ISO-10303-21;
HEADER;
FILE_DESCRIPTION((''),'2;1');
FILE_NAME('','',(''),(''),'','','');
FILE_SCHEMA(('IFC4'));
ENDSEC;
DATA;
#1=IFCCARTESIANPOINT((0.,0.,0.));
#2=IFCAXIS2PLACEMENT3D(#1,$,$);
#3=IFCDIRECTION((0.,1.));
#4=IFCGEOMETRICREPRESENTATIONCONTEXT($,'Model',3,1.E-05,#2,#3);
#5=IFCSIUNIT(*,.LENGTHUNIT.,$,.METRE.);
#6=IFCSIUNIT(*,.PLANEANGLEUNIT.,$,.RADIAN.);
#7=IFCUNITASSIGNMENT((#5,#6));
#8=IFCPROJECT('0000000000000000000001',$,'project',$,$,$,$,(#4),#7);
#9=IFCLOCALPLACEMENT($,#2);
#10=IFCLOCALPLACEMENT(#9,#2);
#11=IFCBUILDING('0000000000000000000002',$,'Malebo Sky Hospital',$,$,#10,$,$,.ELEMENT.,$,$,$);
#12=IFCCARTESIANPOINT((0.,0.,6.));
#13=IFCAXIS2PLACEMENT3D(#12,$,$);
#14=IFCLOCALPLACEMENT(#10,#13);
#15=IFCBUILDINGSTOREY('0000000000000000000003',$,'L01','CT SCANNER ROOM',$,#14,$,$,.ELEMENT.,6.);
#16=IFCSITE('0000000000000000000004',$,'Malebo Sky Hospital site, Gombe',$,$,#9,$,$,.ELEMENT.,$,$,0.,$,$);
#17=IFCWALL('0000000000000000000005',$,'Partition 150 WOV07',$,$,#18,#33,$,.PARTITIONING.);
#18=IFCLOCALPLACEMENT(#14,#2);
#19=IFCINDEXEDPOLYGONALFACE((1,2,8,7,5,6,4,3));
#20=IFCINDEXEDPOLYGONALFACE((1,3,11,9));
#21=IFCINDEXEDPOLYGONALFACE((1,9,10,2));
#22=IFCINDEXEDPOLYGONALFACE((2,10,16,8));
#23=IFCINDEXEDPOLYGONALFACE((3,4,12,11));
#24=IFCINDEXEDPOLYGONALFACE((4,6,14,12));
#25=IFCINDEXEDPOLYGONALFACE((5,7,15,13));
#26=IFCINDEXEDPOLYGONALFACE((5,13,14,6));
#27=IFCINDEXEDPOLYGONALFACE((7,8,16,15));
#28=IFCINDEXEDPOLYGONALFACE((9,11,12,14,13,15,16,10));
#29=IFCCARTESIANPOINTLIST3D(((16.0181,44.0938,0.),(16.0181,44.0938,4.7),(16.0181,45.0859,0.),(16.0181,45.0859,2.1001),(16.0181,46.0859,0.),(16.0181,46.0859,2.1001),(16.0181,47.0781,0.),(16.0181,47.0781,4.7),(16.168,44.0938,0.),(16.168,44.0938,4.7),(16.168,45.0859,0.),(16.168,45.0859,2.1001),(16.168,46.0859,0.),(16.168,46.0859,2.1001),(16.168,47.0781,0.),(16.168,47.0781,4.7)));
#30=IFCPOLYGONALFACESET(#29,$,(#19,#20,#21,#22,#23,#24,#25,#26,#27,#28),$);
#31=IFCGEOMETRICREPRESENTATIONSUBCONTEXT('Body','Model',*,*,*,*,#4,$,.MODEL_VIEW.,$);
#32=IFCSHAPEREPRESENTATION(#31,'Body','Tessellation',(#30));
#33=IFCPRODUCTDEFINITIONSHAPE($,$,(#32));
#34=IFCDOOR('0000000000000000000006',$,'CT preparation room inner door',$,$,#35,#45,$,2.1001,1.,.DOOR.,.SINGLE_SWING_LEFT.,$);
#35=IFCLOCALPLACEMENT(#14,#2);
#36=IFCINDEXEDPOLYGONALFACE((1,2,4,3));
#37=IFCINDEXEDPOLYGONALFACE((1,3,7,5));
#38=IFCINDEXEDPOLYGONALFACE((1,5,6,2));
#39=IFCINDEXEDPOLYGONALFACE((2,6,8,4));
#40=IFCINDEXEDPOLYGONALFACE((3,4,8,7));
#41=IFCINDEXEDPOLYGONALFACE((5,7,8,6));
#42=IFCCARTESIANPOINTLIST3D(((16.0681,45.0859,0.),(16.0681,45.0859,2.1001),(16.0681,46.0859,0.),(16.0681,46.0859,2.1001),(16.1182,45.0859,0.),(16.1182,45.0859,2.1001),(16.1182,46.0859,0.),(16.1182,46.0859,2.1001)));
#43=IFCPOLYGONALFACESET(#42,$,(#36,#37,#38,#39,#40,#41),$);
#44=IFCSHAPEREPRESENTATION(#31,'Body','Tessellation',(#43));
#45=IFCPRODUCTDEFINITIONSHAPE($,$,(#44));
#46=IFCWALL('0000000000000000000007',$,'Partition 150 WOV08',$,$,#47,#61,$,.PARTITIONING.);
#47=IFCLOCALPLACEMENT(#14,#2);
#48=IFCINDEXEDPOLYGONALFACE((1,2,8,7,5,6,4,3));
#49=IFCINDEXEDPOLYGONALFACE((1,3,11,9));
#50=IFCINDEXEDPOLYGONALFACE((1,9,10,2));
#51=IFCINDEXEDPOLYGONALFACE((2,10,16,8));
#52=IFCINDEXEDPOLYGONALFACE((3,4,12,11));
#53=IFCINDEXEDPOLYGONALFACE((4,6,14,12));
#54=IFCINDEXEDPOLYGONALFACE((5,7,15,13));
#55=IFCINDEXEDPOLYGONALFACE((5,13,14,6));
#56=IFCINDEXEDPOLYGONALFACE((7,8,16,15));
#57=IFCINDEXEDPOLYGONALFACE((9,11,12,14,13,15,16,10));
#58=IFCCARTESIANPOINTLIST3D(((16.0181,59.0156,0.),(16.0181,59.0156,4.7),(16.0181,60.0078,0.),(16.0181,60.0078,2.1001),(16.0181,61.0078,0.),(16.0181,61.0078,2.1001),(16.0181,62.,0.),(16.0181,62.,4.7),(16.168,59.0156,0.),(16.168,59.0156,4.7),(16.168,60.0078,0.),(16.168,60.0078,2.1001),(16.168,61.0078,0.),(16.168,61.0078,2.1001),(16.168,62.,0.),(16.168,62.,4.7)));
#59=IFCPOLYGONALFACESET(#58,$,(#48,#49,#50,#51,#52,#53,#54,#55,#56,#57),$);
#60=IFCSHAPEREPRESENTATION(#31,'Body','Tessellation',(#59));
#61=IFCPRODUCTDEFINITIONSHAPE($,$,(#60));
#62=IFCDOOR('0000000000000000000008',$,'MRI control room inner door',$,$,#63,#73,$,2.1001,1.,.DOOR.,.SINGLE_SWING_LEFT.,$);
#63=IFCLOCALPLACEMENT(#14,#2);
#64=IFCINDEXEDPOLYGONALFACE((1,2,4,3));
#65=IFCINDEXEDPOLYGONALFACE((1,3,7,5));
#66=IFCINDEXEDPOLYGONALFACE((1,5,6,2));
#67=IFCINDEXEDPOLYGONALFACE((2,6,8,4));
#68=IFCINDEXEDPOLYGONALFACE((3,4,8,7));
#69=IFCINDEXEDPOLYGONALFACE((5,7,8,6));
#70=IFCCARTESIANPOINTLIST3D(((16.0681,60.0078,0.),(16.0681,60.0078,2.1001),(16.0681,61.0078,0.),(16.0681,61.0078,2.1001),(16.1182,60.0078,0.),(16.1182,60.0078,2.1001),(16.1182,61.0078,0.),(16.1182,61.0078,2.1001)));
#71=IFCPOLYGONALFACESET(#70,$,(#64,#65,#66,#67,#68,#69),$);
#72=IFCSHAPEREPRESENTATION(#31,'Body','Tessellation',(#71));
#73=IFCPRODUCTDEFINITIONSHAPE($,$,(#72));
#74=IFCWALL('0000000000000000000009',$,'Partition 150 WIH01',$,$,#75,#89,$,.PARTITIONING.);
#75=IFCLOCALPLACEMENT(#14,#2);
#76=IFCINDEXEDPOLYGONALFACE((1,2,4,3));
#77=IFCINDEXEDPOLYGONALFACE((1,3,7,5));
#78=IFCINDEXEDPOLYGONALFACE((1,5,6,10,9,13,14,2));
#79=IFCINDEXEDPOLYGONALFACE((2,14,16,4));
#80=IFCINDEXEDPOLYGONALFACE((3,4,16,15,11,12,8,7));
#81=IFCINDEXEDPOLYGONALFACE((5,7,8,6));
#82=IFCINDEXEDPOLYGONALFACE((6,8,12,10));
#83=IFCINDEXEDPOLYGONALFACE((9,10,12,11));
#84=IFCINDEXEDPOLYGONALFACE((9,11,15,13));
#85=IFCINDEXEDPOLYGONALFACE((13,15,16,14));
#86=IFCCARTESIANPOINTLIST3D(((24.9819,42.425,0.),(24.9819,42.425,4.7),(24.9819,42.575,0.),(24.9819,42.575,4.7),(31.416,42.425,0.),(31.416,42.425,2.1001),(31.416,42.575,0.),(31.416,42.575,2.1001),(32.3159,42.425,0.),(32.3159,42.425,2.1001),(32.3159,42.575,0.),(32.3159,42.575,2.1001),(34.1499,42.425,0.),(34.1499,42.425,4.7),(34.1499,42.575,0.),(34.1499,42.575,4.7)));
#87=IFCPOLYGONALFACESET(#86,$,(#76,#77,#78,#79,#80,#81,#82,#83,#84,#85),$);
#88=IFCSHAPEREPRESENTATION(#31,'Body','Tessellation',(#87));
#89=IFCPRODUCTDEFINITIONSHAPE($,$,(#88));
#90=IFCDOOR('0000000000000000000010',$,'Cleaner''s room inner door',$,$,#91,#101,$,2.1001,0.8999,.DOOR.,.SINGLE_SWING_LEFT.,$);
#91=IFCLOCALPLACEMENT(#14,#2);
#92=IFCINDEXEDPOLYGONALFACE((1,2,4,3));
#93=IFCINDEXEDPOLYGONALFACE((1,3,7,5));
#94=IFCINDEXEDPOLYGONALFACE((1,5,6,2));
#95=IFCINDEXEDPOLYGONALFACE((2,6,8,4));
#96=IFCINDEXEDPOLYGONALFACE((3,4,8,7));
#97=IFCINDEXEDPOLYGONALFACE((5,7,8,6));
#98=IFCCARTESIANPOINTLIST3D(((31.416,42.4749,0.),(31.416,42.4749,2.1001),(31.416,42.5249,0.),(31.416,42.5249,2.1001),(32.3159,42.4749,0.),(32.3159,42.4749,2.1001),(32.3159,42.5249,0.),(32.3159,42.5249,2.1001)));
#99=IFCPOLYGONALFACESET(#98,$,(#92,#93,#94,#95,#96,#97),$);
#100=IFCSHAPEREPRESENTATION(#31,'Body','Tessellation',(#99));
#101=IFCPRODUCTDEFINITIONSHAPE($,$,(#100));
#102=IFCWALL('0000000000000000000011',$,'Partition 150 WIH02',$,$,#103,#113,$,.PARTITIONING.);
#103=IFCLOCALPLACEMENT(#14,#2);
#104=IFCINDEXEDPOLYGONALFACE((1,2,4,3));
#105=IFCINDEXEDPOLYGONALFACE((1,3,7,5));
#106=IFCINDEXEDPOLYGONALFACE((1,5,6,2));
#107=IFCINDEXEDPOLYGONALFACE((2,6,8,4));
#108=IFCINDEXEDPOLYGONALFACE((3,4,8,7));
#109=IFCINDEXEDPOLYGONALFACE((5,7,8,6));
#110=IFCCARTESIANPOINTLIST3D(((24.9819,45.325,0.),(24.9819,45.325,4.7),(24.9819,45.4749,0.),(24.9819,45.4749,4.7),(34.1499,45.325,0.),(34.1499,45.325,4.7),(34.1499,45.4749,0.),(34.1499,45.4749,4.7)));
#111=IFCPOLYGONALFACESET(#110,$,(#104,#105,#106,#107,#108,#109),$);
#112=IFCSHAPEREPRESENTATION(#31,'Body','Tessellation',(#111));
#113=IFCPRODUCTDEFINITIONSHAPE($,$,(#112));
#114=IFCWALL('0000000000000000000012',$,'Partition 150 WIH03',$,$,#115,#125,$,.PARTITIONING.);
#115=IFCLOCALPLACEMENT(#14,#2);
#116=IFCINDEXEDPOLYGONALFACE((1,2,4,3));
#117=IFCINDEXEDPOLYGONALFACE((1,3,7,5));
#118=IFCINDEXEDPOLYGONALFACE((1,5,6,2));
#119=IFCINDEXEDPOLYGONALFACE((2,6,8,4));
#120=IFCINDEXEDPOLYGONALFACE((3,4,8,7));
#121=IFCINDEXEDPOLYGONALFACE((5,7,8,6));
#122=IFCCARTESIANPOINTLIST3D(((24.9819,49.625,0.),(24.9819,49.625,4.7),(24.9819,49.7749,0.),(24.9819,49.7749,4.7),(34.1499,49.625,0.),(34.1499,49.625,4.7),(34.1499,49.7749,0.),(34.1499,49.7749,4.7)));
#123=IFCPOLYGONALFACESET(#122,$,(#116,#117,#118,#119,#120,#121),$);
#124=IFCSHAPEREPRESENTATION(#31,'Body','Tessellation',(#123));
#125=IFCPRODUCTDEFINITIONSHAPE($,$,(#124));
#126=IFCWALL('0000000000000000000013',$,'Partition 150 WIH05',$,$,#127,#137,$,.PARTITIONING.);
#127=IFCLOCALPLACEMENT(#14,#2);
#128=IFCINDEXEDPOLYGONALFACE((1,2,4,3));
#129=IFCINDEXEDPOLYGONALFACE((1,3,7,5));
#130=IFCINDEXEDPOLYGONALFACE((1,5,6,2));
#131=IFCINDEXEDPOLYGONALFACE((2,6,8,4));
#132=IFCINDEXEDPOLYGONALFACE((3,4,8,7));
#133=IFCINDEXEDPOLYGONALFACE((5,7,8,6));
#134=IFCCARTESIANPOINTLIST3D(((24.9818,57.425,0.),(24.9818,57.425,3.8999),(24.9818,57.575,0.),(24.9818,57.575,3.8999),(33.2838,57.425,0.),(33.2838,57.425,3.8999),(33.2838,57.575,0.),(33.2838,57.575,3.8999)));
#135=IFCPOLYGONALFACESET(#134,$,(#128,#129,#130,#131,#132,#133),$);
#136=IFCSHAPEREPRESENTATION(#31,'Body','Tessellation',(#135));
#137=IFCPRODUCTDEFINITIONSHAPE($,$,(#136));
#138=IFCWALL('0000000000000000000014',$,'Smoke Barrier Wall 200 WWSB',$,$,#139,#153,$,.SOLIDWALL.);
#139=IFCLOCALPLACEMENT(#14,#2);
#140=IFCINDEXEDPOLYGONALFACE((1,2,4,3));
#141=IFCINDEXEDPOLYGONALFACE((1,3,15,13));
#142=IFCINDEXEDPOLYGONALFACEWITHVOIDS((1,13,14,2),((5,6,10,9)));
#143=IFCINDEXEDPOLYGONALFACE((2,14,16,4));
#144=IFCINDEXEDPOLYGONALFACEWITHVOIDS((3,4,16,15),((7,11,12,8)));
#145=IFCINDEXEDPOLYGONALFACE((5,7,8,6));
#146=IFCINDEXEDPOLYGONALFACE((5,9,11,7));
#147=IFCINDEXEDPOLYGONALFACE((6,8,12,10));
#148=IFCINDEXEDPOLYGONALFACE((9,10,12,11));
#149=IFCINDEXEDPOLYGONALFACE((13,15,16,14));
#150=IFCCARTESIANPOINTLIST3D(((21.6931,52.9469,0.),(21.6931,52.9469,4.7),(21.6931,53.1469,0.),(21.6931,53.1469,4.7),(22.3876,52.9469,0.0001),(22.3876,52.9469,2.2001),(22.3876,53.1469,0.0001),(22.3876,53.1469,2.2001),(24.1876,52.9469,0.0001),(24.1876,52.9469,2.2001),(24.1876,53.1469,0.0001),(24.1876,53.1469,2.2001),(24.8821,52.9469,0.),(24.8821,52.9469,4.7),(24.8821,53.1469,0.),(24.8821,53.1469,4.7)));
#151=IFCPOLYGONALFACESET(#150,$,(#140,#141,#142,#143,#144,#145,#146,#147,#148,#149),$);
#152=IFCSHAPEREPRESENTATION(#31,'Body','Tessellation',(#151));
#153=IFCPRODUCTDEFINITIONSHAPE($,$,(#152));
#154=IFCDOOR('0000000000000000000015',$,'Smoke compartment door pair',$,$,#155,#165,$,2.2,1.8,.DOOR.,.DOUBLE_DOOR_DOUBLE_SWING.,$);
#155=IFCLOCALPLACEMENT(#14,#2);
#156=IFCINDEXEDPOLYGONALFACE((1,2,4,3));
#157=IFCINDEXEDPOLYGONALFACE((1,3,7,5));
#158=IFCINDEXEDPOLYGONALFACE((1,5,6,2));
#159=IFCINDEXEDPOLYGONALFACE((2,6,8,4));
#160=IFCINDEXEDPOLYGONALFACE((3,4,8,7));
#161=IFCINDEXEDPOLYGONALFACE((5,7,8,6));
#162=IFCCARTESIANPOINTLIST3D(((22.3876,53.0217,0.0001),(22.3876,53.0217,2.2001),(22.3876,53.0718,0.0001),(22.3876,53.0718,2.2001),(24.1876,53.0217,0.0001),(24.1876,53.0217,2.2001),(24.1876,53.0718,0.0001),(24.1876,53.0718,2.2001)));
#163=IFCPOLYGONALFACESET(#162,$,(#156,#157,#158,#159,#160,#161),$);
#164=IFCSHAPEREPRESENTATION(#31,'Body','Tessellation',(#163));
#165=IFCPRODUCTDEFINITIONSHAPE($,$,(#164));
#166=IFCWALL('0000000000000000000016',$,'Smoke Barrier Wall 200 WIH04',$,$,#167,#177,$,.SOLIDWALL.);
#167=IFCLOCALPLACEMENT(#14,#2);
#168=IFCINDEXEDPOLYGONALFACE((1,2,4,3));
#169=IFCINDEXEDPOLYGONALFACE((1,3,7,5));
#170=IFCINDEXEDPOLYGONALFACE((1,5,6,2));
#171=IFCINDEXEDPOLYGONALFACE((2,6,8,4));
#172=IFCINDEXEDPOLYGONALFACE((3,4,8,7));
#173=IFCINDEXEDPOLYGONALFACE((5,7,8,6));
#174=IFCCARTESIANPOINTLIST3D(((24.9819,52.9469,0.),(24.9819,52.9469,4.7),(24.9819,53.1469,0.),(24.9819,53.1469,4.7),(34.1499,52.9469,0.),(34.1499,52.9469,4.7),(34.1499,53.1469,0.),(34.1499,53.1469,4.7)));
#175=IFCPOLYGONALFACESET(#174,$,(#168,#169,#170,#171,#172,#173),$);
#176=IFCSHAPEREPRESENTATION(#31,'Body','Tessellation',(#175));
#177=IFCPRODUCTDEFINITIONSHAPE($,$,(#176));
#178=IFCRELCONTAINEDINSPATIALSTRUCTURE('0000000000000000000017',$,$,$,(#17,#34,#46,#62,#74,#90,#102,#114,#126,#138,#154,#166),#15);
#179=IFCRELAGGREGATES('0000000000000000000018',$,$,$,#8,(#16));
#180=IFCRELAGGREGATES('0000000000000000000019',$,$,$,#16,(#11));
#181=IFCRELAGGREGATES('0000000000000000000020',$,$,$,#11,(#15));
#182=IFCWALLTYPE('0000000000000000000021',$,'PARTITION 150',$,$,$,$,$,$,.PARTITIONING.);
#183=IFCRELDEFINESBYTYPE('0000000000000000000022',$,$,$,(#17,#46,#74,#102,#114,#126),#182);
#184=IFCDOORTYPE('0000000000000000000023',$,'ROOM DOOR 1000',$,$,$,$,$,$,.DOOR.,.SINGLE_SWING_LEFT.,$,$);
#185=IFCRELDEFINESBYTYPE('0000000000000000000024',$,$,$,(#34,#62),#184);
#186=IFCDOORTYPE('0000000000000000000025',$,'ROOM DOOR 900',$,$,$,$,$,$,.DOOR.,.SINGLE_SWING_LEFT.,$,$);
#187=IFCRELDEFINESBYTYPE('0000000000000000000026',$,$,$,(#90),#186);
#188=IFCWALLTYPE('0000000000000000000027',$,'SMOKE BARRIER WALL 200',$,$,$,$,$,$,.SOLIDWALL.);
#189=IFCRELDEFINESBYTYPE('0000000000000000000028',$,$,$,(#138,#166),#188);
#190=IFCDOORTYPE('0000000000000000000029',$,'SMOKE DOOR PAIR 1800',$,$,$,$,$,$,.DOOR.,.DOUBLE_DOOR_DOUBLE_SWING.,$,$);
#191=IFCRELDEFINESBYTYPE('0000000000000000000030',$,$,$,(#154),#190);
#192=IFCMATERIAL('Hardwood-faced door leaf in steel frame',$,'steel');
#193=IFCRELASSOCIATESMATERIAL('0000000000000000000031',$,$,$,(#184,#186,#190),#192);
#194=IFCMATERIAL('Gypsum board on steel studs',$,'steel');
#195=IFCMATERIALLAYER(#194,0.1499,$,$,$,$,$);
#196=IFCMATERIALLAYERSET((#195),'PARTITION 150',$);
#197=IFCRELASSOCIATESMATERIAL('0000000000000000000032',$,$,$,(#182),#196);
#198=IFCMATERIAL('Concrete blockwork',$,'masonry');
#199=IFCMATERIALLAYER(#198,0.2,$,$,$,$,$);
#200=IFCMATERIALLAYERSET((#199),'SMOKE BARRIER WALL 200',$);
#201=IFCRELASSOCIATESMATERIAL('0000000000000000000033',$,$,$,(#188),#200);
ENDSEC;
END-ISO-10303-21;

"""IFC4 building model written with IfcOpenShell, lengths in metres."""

from ifc_helpers import new_model, si_unit, direction, frame, frame_2d, origin, place, context, subcontext, project, spatial, rectangle, extrude, material, layer, layer_set, type_object, element, fill, save


model = new_model("IFC4")

# Units and contexts
model_context = context("Model", 3, precision=1e-05, world=origin(), true_north=direction((0.0, 1.0)))
body_context = subcontext(model_context, "Body", "Model", "MODEL_VIEW")
ifc_project = project(units=[si_unit("LENGTHUNIT", "METRE"), si_unit("PLANEANGLEUNIT", "RADIAN")], contexts=[model_context])

# Site, building, storey
site_placement = place(None, origin())
site = spatial("IfcSite", under=ifc_project, at=site_placement, Name="Malebo Sky Hospital site, Gombe", CompositionType="ELEMENT", RefElevation=0.0)
building_placement = place(site_placement, origin())
building = spatial("IfcBuilding", under=site, at=building_placement, Name="Malebo Sky Hospital", CompositionType="ELEMENT")
storey_placement = place(building_placement, frame((0.0, 0.0, 6.0)))
storey = spatial("IfcBuildingStorey", under=building, at=storey_placement, Name="L01", Description="CT SCANNER ROOM", CompositionType="ELEMENT", Elevation=6.0)

# Shared definitions
ifc_material_1 = material(Name="Gypsum board on steel studs", Category="steel")
ifc_material_2 = material(Name="Hardwood-faced door leaf in steel frame", Category="steel")
door_type_1 = type_object("IfcDoorType", Name="ROOM DOOR 1000", OperationType="SINGLE_SWING_LEFT", PredefinedType="DOOR", material=ifc_material_2)

# Walls, openings, doors
ifc_layer_1 = layer(ifc_material_1, 0.1499)
ifc_layer_set_1 = layer_set([ifc_layer_1], Name="PARTITION 150")
wall_type_1 = type_object("IfcWallType", Name="PARTITION 150", PredefinedType="PARTITIONING", material=ifc_layer_set_1)
wall_1_placement = place(storey_placement, frame((16.093, 44.0938, 0.0), z_axis=(0.0, 0.0, 1.0), x_axis=(0.0, 1.0, 0.0)))
wall_1 = element("IfcWall", 1, at=wall_1_placement, inside=storey, type_object=wall_type_1, Name="Partition 150 WOV07", PredefinedType="PARTITIONING", context=body_context, shape_type="SweptSolid", body=[
    extrude(rectangle(XDim=2.9844, YDim=0.1499, at=frame_2d((1.4922, 0.0))), origin(), (0.0, 0.0, 1.0), 4.7),
])
opening_1_placement = place(wall_1_placement, frame((0.9922, 0.0, 0.0)))
opening_1 = element("IfcOpeningElement", 2, at=opening_1_placement, cuts=wall_1, PredefinedType="OPENING", context=body_context, shape_type="SweptSolid", body=[
    extrude(rectangle(XDim=1.0, YDim=2.1001, at=frame_2d((0.5, 1.05))), frame((0.0, 0.085, 0.0), z_axis=(0.0, -1.0, 0.0), x_axis=(1.0, 0.0, 0.0)), (0.0, 0.0, 1.0), 0.1699),
])
door_1_placement = place(opening_1_placement, origin())
door_1 = element("IfcDoor", 3, at=door_1_placement, inside=storey, type_object=door_type_1, Name="CT preparation room inner door", OperationType="SINGLE_SWING_LEFT", OverallHeight=2.1001, OverallWidth=1.0, PredefinedType="DOOR", context=body_context, shape_type="SweptSolid", body=[
    extrude(rectangle(XDim=1.0, YDim=2.1001, at=frame_2d((0.5, 1.05))), frame((0.0, 0.0249, 0.0), z_axis=(0.0, -1.0, 0.0), x_axis=(1.0, 0.0, 0.0)), (0.0, 0.0, 1.0), 0.05),
])
fill(opening_1, door_1)
wall_2_placement = place(storey_placement, frame((16.093, 59.0156, 0.0), z_axis=(0.0, 0.0, 1.0), x_axis=(0.0, 1.0, 0.0)))
wall_2 = element("IfcWall", 4, at=wall_2_placement, inside=storey, type_object=wall_type_1, Name="Partition 150 WOV08", PredefinedType="PARTITIONING", context=body_context, shape_type="SweptSolid", body=[
    extrude(rectangle(XDim=2.9844, YDim=0.1499, at=frame_2d((1.4922, 0.0))), origin(), (0.0, 0.0, 1.0), 4.7),
])
opening_2_placement = place(wall_2_placement, frame((0.9922, 0.0, 0.0)))
opening_2 = element("IfcOpeningElement", 5, at=opening_2_placement, cuts=wall_2, PredefinedType="OPENING", context=body_context, shape_type="SweptSolid", body=[
    extrude(rectangle(XDim=1.0, YDim=2.1001, at=frame_2d((0.5, 1.05))), frame((0.0, 0.085, 0.0), z_axis=(0.0, -1.0, 0.0), x_axis=(1.0, 0.0, 0.0)), (0.0, 0.0, 1.0), 0.1699),
])
door_2_placement = place(opening_2_placement, origin())
door_2 = element("IfcDoor", 6, at=door_2_placement, inside=storey, type_object=door_type_1, Name="MRI control room inner door", OperationType="SINGLE_SWING_LEFT", OverallHeight=2.1001, OverallWidth=1.0, PredefinedType="DOOR", context=body_context, shape_type="SweptSolid", body=[
    extrude(rectangle(XDim=1.0, YDim=2.1001, at=frame_2d((0.5, 1.05))), frame((0.0, 0.0249, 0.0), z_axis=(0.0, -1.0, 0.0), x_axis=(1.0, 0.0, 0.0)), (0.0, 0.0, 1.0), 0.05),
])
fill(opening_2, door_2)
wall_3_placement = place(storey_placement, frame((24.9819, 42.5, 0.0), z_axis=(0.0, 0.0, 1.0), x_axis=(1.0, 0.0, 0.0)))
wall_3 = element("IfcWall", 7, at=wall_3_placement, inside=storey, type_object=wall_type_1, Name="Partition 150 WIH01", PredefinedType="PARTITIONING", context=body_context, shape_type="SweptSolid", body=[
    extrude(rectangle(XDim=9.168, YDim=0.1499, at=frame_2d((4.584, 0.0))), origin(), (0.0, 0.0, 1.0), 4.7),
])
opening_3_placement = place(wall_3_placement, frame((6.4341, 0.0, 0.0)))
opening_3 = element("IfcOpeningElement", 8, at=opening_3_placement, cuts=wall_3, PredefinedType="OPENING", context=body_context, shape_type="SweptSolid", body=[
    extrude(rectangle(XDim=0.8999, YDim=2.1001, at=frame_2d((0.45, 1.05))), frame((0.0, 0.085, 0.0), z_axis=(0.0, -1.0, 0.0), x_axis=(1.0, 0.0, 0.0)), (0.0, 0.0, 1.0), 0.1699),
])
door_type_2 = type_object("IfcDoorType", Name="ROOM DOOR 900", OperationType="SINGLE_SWING_LEFT", PredefinedType="DOOR", material=ifc_material_2)
door_3_placement = place(opening_3_placement, origin())
door_3 = element("IfcDoor", 9, at=door_3_placement, inside=storey, type_object=door_type_2, Name="Cleaner's room inner door", OperationType="SINGLE_SWING_LEFT", OverallHeight=2.1001, OverallWidth=0.8999, PredefinedType="DOOR", context=body_context, shape_type="SweptSolid", body=[
    extrude(rectangle(XDim=0.8999, YDim=2.1001, at=frame_2d((0.45, 1.05))), frame((0.0, 0.0249, 0.0), z_axis=(0.0, -1.0, 0.0), x_axis=(1.0, 0.0, 0.0)), (0.0, 0.0, 1.0), 0.05),
])
fill(opening_3, door_3)

# Walls
for number, where, z_axis, x_axis, name in (
    (10, (24.9819, 45.3999, 0.0), (0.0, 0.0, 1.0), (1.0, 0.0, 0.0), "Partition 150 WIH02"),
    (11, (24.9819, 49.7, 0.0), (0.0, 0.0, 1.0), (1.0, 0.0, 0.0), "Partition 150 WIH03"),
):
    element("IfcWall", number, at=place(storey_placement, frame(where, z_axis=z_axis, x_axis=x_axis)), inside=storey, type_object=wall_type_1, Name=name, PredefinedType="PARTITIONING", context=body_context, shape_type="SweptSolid", body=[
        extrude(rectangle(XDim=9.168, YDim=0.1499, at=frame_2d((4.584, 0.0))), origin(), (0.0, 0.0, 1.0), 4.7),
    ])
wall_4_placement = place(storey_placement, frame((24.9819, 57.5, 0.0), z_axis=(0.0, 0.0, 1.0), x_axis=(1.0, 0.0, 0.0)))
element("IfcWall", 12, at=wall_4_placement, inside=storey, type_object=wall_type_1, Name="Partition 150 WIH05", PredefinedType="PARTITIONING", context=body_context, shape_type="SweptSolid", body=[
    extrude(rectangle(XDim=8.302, YDim=0.1499, at=frame_2d((4.1509, 0.0))), origin(), (0.0, 0.0, 1.0), 3.8999),
])

# Wall, opening, door
ifc_material_3 = material(Name="Concrete blockwork", Category="masonry")
ifc_layer_2 = layer(ifc_material_3, 0.2)
ifc_layer_set_2 = layer_set([ifc_layer_2], Name="SMOKE BARRIER WALL 200")
wall_type_2 = type_object("IfcWallType", Name="SMOKE BARRIER WALL 200", PredefinedType="SOLIDWALL", material=ifc_layer_set_2)
wall_5_placement = place(storey_placement, frame((21.6931, 53.0469, 0.0), z_axis=(0.0, 0.0, 1.0), x_axis=(1.0, 0.0, 0.0)))
wall_5 = element("IfcWall", 13, at=wall_5_placement, inside=storey, type_object=wall_type_2, Name="Smoke Barrier Wall 200 WWSB", PredefinedType="SOLIDWALL", context=body_context, shape_type="SweptSolid", body=[
    extrude(rectangle(XDim=3.189, YDim=0.2, at=frame_2d((1.5945, 0.0))), origin(), (0.0, 0.0, 1.0), 4.7),
])
opening_4_placement = place(wall_5_placement, frame((0.6946, 0.0, 0.0)))
opening_4 = element("IfcOpeningElement", 14, at=opening_4_placement, cuts=wall_5, PredefinedType="OPENING", context=body_context, shape_type="SweptSolid", body=[
    extrude(rectangle(XDim=1.8, YDim=2.2, at=frame_2d((0.8999, 1.1001))), frame((0.0, 0.1099, 0.0), z_axis=(0.0, -1.0, 0.0), x_axis=(1.0, 0.0, 0.0)), (0.0, 0.0, 1.0), 0.22),
])
door_type_3 = type_object("IfcDoorType", Name="SMOKE DOOR PAIR 1800", OperationType="DOUBLE_DOOR_DOUBLE_SWING", PredefinedType="DOOR", material=ifc_material_2)
door_4_placement = place(opening_4_placement, origin())
door_4 = element("IfcDoor", 15, at=door_4_placement, inside=storey, type_object=door_type_3, Name="Smoke compartment door pair", OperationType="DOUBLE_DOOR_DOUBLE_SWING", OverallHeight=2.2, OverallWidth=1.8, PredefinedType="DOOR", context=body_context, shape_type="SweptSolid", body=[
    extrude(rectangle(XDim=1.8, YDim=2.2, at=frame_2d((0.8999, 1.1001))), frame((0.0, 0.0249, 0.0), z_axis=(0.0, -1.0, 0.0), x_axis=(1.0, 0.0, 0.0)), (0.0, 0.0, 1.0), 0.05),
])
fill(opening_4, door_4)

# Wall
wall_6_placement = place(storey_placement, frame((24.9819, 53.0469, 0.0), z_axis=(0.0, 0.0, 1.0), x_axis=(1.0, 0.0, 0.0)))
element("IfcWall", 16, at=wall_6_placement, inside=storey, type_object=wall_type_2, Name="Smoke Barrier Wall 200 WIH04", PredefinedType="SOLIDWALL", context=body_context, shape_type="SweptSolid", body=[
    extrude(rectangle(XDim=9.168, YDim=0.2, at=frame_2d((4.584, 0.0))), origin(), (0.0, 0.0, 1.0), 4.7),
])

save(model, "model.ifc")
